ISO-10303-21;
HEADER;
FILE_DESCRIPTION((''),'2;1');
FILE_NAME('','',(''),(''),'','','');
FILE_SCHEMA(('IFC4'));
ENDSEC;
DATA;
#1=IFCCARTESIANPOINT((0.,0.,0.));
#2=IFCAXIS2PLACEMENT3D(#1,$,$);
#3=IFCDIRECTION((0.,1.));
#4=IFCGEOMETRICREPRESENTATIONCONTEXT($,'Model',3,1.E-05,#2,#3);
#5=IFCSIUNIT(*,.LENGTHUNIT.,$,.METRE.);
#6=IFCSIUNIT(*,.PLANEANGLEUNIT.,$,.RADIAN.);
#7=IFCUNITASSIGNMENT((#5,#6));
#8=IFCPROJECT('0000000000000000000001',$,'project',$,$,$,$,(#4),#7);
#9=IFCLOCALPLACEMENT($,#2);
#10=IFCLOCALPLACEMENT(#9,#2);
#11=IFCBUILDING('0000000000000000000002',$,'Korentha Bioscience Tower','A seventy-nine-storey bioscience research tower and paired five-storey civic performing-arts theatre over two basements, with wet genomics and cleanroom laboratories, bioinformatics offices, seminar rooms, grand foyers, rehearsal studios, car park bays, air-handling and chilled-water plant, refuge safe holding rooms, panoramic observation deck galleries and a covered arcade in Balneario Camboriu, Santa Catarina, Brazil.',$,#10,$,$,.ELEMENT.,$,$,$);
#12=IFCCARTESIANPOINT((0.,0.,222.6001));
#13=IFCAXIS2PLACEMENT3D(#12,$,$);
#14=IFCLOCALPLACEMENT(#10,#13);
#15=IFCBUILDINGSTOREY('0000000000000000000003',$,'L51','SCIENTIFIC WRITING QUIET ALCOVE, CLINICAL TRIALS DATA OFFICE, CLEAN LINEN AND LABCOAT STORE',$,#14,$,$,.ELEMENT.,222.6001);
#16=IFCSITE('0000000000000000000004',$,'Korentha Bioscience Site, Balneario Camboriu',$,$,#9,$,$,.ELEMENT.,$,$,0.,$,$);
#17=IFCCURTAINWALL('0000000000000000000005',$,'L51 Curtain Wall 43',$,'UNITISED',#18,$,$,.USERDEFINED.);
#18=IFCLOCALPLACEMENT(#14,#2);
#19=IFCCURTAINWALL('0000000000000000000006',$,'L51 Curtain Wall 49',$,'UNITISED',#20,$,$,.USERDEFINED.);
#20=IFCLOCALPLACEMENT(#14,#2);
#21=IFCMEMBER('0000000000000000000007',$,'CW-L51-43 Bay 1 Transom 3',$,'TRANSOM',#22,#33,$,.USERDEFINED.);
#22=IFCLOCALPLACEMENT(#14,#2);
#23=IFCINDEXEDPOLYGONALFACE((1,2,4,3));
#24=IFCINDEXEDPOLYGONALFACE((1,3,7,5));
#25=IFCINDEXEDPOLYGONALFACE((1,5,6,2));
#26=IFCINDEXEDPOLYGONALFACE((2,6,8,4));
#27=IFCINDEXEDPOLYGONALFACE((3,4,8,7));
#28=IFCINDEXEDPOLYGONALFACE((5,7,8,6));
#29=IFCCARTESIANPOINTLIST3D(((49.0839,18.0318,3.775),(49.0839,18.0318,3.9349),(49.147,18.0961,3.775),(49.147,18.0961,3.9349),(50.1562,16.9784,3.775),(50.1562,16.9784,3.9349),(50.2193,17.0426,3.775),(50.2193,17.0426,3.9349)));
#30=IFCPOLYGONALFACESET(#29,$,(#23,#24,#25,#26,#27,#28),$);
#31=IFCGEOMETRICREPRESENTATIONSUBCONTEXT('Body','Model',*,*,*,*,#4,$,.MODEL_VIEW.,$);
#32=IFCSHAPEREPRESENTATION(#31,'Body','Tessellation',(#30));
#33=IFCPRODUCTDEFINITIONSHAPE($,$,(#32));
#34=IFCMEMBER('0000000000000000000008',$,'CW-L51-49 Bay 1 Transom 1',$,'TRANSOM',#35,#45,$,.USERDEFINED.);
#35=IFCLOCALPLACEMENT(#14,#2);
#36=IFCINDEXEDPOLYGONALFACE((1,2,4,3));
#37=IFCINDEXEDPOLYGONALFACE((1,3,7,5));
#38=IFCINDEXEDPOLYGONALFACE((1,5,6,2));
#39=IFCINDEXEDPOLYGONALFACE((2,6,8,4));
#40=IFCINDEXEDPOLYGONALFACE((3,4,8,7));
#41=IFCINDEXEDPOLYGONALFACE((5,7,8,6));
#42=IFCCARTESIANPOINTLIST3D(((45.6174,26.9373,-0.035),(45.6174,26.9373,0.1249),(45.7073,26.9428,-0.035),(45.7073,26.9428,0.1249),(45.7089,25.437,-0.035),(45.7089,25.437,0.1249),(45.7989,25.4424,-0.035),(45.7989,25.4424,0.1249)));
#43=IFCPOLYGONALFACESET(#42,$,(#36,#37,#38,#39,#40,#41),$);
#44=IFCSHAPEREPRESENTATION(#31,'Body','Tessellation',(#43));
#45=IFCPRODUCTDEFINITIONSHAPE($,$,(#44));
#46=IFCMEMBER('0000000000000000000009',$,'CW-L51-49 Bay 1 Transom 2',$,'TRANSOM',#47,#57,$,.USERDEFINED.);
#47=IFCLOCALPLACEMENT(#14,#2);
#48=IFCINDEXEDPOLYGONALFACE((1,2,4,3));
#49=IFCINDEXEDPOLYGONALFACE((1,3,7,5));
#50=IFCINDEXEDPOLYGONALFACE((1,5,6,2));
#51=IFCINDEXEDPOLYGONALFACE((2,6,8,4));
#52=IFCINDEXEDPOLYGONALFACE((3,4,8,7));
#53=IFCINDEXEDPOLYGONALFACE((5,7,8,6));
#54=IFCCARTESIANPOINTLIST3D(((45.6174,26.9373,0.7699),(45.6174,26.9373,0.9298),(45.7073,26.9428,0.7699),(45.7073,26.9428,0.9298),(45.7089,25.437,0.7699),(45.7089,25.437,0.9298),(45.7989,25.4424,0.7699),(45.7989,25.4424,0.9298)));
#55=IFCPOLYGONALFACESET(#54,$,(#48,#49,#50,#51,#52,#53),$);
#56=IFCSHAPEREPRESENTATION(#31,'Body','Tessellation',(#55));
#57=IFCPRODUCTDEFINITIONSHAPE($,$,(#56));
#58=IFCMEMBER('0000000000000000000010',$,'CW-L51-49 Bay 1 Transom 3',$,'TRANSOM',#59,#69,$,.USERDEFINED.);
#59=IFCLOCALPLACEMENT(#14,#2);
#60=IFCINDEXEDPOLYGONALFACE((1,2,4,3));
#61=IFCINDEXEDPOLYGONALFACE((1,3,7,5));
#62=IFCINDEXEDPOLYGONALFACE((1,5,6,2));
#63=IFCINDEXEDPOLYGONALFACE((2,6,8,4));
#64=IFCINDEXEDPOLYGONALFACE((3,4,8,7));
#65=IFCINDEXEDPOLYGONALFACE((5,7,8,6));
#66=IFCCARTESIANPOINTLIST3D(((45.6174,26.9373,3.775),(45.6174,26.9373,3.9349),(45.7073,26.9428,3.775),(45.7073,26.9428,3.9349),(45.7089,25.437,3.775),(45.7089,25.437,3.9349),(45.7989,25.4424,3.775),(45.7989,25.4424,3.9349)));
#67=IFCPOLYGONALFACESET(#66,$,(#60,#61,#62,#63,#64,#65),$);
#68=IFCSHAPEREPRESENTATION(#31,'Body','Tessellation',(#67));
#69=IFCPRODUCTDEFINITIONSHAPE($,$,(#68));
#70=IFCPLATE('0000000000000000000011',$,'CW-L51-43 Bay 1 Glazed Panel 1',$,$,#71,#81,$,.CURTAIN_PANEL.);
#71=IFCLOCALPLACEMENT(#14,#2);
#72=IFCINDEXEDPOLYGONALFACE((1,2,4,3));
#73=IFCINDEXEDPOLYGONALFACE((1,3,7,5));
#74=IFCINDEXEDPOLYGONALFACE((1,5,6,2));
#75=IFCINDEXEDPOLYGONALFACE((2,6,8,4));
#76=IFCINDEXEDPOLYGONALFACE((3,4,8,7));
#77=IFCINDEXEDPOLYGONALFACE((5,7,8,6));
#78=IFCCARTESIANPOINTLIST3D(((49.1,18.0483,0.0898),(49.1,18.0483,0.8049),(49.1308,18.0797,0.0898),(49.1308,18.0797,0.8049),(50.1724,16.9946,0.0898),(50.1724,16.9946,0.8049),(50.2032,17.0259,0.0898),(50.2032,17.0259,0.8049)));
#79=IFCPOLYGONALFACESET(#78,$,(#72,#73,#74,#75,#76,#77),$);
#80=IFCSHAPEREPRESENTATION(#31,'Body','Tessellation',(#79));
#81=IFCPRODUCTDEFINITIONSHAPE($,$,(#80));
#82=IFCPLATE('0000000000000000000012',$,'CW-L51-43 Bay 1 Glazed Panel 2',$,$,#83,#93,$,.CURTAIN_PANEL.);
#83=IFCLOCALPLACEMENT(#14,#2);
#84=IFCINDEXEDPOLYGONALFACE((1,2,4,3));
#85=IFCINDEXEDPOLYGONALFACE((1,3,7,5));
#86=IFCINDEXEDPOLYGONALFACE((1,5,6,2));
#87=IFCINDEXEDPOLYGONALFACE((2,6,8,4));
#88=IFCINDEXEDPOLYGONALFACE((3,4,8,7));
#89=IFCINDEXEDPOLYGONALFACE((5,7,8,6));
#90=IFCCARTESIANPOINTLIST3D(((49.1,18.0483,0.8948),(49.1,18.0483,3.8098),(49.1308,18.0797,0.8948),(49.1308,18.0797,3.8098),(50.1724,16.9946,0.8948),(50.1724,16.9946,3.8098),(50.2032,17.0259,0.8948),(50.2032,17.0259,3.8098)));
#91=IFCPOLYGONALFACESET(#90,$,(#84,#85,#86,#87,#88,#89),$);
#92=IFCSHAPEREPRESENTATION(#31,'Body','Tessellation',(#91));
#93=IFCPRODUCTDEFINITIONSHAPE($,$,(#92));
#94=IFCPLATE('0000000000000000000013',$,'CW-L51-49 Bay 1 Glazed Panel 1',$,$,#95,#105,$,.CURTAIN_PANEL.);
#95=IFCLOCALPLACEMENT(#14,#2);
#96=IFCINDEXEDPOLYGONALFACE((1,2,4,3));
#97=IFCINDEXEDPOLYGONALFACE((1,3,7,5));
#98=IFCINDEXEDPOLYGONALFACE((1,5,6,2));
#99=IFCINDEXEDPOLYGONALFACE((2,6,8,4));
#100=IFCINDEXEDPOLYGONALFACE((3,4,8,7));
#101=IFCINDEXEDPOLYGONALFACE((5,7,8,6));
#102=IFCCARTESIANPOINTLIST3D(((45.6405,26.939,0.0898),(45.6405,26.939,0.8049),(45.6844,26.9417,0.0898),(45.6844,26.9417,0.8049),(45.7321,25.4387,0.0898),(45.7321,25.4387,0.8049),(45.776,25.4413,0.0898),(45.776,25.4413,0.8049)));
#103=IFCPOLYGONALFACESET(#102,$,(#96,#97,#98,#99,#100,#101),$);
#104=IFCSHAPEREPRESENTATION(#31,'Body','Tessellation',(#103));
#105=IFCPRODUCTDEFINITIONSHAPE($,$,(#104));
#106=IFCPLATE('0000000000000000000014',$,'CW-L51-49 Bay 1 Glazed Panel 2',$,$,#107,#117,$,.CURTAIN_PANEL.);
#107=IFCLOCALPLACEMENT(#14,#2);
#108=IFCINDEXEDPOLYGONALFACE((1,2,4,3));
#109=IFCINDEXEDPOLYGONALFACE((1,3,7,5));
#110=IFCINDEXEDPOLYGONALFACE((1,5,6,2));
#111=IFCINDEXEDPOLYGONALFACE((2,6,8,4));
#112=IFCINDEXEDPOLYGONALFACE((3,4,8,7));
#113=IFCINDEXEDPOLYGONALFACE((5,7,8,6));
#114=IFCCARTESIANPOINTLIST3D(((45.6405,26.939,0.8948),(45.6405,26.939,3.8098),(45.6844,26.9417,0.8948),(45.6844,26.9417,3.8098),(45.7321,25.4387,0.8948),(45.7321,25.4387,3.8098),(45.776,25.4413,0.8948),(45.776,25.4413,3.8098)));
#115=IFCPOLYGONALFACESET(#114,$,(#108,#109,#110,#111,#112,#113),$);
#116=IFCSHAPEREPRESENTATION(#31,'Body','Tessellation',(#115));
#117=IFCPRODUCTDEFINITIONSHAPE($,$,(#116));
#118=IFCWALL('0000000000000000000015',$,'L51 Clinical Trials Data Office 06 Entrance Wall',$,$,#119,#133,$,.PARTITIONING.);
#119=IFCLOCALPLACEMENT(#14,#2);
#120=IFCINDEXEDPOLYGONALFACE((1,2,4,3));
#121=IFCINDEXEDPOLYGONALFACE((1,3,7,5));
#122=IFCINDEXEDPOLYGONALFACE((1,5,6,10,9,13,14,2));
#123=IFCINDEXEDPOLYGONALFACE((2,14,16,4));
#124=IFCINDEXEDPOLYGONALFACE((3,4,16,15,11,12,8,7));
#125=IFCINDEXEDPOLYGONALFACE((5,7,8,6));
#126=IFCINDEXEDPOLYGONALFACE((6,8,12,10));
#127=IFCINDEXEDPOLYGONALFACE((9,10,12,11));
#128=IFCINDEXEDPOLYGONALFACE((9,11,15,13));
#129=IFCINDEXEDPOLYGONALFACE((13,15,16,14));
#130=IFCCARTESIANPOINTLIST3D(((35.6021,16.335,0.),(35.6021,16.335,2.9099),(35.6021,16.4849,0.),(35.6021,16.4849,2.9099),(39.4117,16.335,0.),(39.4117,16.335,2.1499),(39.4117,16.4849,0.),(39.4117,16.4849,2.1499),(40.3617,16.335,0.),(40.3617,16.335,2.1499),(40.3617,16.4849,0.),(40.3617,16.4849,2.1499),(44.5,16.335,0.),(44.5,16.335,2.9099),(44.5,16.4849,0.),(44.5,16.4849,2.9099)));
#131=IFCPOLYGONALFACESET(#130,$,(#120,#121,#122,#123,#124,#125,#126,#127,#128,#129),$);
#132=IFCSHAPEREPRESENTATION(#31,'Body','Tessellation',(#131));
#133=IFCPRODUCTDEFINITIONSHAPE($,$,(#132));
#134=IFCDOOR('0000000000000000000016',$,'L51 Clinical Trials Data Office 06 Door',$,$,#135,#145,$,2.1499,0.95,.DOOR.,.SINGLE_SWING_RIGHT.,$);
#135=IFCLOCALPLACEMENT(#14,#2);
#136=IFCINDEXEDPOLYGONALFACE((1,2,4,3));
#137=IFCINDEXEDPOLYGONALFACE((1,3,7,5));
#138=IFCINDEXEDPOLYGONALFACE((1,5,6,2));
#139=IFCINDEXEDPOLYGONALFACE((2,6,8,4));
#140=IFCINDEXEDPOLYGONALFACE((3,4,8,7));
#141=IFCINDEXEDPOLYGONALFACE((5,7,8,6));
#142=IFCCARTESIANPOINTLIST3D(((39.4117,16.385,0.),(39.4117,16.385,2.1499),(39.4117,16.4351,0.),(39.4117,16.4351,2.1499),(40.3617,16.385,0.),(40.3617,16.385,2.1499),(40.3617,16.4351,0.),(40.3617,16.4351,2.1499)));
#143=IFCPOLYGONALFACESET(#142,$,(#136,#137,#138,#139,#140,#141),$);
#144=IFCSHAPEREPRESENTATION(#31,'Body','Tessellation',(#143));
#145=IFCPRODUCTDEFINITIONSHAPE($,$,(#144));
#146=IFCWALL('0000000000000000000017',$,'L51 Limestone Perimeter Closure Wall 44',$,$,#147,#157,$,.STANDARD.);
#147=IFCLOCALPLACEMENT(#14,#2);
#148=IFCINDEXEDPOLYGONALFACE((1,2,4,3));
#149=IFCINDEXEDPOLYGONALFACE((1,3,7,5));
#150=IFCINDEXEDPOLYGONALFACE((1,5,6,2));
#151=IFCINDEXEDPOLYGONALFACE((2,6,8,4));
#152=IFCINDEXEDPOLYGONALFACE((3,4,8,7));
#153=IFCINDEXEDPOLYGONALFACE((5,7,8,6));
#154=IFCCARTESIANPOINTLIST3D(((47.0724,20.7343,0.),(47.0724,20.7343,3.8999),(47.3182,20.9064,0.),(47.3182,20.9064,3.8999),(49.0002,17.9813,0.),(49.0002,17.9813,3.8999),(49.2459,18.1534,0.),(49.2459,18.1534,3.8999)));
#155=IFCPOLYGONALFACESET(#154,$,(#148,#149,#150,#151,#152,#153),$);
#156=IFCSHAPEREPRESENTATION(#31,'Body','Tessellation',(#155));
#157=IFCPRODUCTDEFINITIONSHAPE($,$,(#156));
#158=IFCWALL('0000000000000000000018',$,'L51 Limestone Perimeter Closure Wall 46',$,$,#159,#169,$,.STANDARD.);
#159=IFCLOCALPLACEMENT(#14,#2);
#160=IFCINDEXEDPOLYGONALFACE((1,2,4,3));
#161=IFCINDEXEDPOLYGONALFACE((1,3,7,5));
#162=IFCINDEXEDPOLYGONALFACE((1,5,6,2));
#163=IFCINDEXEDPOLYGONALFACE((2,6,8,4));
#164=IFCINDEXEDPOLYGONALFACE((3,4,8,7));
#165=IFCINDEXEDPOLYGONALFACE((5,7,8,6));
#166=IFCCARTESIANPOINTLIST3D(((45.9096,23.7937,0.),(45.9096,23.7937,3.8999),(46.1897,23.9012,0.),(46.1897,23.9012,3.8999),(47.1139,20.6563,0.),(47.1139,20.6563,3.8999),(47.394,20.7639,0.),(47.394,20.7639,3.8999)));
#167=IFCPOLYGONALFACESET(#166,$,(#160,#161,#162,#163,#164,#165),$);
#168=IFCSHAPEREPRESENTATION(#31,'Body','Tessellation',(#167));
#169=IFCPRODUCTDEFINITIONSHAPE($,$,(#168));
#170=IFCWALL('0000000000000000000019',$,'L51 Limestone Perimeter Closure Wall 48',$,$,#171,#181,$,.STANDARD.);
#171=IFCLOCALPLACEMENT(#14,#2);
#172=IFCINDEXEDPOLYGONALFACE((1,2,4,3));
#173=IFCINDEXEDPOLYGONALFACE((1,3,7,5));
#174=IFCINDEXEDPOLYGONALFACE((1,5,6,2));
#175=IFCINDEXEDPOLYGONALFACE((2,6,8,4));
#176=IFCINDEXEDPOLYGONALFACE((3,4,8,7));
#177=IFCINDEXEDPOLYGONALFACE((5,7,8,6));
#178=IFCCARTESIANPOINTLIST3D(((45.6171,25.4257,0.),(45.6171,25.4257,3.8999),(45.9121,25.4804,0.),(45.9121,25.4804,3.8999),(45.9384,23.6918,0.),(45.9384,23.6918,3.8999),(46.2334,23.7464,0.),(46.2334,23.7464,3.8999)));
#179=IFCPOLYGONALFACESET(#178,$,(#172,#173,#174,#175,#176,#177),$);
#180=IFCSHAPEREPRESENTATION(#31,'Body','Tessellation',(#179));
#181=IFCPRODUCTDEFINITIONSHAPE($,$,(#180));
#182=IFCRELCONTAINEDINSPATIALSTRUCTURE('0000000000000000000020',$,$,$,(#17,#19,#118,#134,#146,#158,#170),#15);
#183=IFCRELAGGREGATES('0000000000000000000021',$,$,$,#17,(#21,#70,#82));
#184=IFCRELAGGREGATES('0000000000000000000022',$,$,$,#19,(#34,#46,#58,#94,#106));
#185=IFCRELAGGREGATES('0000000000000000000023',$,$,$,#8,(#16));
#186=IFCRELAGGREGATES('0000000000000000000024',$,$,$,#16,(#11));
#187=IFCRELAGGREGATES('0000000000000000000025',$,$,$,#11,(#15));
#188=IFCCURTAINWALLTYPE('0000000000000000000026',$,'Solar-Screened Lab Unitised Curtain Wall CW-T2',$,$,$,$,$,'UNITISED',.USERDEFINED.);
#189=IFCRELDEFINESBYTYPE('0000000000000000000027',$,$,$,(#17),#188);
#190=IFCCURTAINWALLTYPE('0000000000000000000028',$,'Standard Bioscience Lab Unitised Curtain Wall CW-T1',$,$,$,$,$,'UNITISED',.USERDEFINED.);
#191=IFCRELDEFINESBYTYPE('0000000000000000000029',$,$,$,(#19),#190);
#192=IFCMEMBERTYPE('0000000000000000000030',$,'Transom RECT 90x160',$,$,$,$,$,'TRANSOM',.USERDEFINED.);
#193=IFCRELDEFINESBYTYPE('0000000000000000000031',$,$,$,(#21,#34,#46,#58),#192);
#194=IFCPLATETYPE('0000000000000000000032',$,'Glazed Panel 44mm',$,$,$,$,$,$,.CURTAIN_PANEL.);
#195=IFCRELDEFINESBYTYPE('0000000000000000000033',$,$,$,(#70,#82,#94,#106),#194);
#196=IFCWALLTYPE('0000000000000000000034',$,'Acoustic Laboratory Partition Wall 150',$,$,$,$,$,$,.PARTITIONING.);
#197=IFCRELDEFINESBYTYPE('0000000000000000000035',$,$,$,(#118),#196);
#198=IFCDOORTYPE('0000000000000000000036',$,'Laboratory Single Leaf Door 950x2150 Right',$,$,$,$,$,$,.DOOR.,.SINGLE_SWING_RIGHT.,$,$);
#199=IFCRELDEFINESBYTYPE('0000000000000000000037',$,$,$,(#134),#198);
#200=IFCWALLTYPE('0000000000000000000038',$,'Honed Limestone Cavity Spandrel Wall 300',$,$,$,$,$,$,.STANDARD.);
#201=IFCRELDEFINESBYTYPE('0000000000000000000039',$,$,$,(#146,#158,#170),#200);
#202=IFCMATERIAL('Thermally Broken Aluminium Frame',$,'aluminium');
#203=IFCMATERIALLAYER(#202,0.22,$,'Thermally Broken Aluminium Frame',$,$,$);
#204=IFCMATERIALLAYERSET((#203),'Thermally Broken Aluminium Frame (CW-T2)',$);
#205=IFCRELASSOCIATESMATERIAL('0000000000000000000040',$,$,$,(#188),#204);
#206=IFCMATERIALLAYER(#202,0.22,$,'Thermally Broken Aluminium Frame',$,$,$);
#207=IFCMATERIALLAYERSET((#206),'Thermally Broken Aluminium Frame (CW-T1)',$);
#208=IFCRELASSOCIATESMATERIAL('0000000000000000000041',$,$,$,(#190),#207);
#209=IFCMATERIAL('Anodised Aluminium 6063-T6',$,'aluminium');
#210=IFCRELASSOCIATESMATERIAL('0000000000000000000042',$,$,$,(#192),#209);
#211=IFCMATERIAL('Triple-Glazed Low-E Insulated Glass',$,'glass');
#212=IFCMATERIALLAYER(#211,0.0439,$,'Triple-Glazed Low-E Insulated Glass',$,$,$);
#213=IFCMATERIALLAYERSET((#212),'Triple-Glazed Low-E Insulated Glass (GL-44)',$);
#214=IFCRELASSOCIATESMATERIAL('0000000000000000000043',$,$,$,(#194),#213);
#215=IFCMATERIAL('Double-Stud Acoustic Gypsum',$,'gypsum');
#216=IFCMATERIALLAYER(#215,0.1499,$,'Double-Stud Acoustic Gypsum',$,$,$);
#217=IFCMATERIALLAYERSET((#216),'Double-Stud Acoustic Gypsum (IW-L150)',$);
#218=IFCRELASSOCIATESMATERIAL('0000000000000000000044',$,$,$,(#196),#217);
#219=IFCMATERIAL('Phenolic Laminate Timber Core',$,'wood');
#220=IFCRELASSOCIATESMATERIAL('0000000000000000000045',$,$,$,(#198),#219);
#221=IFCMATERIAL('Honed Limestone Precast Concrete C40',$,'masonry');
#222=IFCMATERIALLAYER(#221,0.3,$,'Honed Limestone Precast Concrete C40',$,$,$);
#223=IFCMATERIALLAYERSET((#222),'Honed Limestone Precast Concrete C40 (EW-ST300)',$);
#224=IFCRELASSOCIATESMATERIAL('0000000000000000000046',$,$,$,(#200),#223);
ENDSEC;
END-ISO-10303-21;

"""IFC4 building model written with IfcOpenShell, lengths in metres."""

from ifc_helpers import new_model, si_unit, direction, frame, frame_2d, origin, origin_2d, place, context, subcontext, project, spatial, rectangle, extrude, material, layer, layer_set, material_profile, profile_set, type_object, element, fill, aggregate, save


model = new_model("IFC4")

# Units and contexts
model_context = context("Model", 3, precision=1e-05, world=origin(), true_north=direction((0.0, 1.0)))
body_context = subcontext(model_context, "Body", "Model", "MODEL_VIEW")
ifc_project = project(units=[si_unit("LENGTHUNIT", "METRE"), si_unit("PLANEANGLEUNIT", "RADIAN")], contexts=[model_context])

# Site, building, storey
site_placement = place(None, origin())
site = spatial("IfcSite", under=ifc_project, at=site_placement, Name="Korentha Bioscience Site, Balneario Camboriu", CompositionType="ELEMENT", RefElevation=0.0)
building_placement = place(site_placement, origin())
building = spatial("IfcBuilding", under=site, at=building_placement, Name="Korentha Bioscience Tower", Description="A seventy-nine-storey bioscience research tower and paired five-storey civic performing-arts theatre over two basements, with wet genomics and cleanroom laboratories, bioinformatics offices, seminar rooms, grand foyers, rehearsal studios, car park bays, air-handling and chilled-water plant, refuge safe holding rooms, panoramic observation deck galleries and a covered arcade in Balneario Camboriu, Santa Catarina, Brazil.", CompositionType="ELEMENT")
storey_placement = place(building_placement, frame((0.0, 0.0, 222.6001)))
storey = spatial("IfcBuildingStorey", under=building, at=storey_placement, Name="L51", Description="SCIENTIFIC WRITING QUIET ALCOVE, CLINICAL TRIALS DATA OFFICE, CLEAN LINEN AND LABCOAT STORE", CompositionType="ELEMENT", Elevation=222.6001)

# Curtain walls
ifc_material_1 = material(Name="Thermally Broken Aluminium Frame", Category="aluminium")
ifc_layer_1 = layer(ifc_material_1, 0.22, Name="Thermally Broken Aluminium Frame")
ifc_layer_set_1 = layer_set([ifc_layer_1], Name="Thermally Broken Aluminium Frame (CW-T2)")
curtain_wall_type_1 = type_object("IfcCurtainWallType", Name="Solar-Screened Lab Unitised Curtain Wall CW-T2", ElementType="UNITISED", PredefinedType="USERDEFINED", material=ifc_layer_set_1)
curtain_wall_1_placement = place(storey_placement, origin())
curtain_wall_1 = element("IfcCurtainWall", 1, at=curtain_wall_1_placement, inside=storey, type_object=curtain_wall_type_1, Name="L51 Curtain Wall 43", ObjectType="UNITISED", PredefinedType="USERDEFINED")
ifc_material_2 = material(Name="Anodised Aluminium 6063-T6", Category="aluminium")
ifc_layer_2 = layer(ifc_material_1, 0.22, Name="Thermally Broken Aluminium Frame")
ifc_layer_set_2 = layer_set([ifc_layer_2], Name="Thermally Broken Aluminium Frame (CW-T1)")
curtain_wall_type_2 = type_object("IfcCurtainWallType", Name="Standard Bioscience Lab Unitised Curtain Wall CW-T1", ElementType="UNITISED", PredefinedType="USERDEFINED", material=ifc_layer_set_2)
curtain_wall_2_placement = place(storey_placement, origin())
curtain_wall_2 = element("IfcCurtainWall", 2, at=curtain_wall_2_placement, inside=storey, type_object=curtain_wall_type_2, Name="L51 Curtain Wall 49", ObjectType="UNITISED", PredefinedType="USERDEFINED")

# Members
ifc_material_profile_1 = material_profile(ifc_material_2, rectangle(XDim=0.0901, YDim=0.1599, at=origin_2d()), Name="Anodised Aluminium 6063-T6")
ifc_profile_set_1 = profile_set([ifc_material_profile_1], Name="Anodised Aluminium 6063-T6 (CW-TRN)")
member_type_1 = type_object("IfcMemberType", Name="Transom RECT 90x160", ElementType="TRANSOM", PredefinedType="USERDEFINED", material=ifc_profile_set_1)
member_1_placement = place(storey_placement, frame((50.1877, 17.0105, 3.855), z_axis=(-0.713332, 0.700826, 0.0), x_axis=(-0.700826, -0.713332, 0.0)))
member_1 = element("IfcMember", 3, at=member_1_placement, type_object=member_type_1, Name="CW-L51-43 Bay 1 Transom 3", ObjectType="TRANSOM", PredefinedType="USERDEFINED", context=body_context, shape_type="SweptSolid", body=[
    extrude(rectangle(XDim=0.0901, YDim=0.1599, at=origin_2d()), origin(), (0.0, 0.0, 1.0), 1.5032),
])
member_2_placement = place(storey_placement, frame((45.7539, 25.4397, 0.0449), z_axis=(-0.060902, 0.998144, 0.0), x_axis=(-0.998144, -0.060902, 0.0)))
member_2 = element("IfcMember", 4, at=member_2_placement, type_object=member_type_1, Name="CW-L51-49 Bay 1 Transom 1", ObjectType="TRANSOM", PredefinedType="USERDEFINED", context=body_context, shape_type="SweptSolid", body=[
    extrude(rectangle(XDim=0.0901, YDim=0.1599, at=origin_2d()), origin(), (0.0, 0.0, 1.0), 1.5032),
])
member_3_placement = place(storey_placement, frame((45.7539, 25.4397, 0.8499), z_axis=(-0.060902, 0.998144, 0.0), x_axis=(-0.998144, -0.060902, 0.0)))
member_3 = element("IfcMember", 5, at=member_3_placement, type_object=member_type_1, Name="CW-L51-49 Bay 1 Transom 2", ObjectType="TRANSOM", PredefinedType="USERDEFINED", context=body_context, shape_type="SweptSolid", body=[
    extrude(rectangle(XDim=0.0901, YDim=0.1599, at=origin_2d()), origin(), (0.0, 0.0, 1.0), 1.5032),
])
member_4_placement = place(storey_placement, frame((45.7539, 25.4397, 3.855), z_axis=(-0.060902, 0.998144, 0.0), x_axis=(-0.998144, -0.060902, 0.0)))
member_4 = element("IfcMember", 6, at=member_4_placement, type_object=member_type_1, Name="CW-L51-49 Bay 1 Transom 3", ObjectType="TRANSOM", PredefinedType="USERDEFINED", context=body_context, shape_type="SweptSolid", body=[
    extrude(rectangle(XDim=0.0901, YDim=0.1599, at=origin_2d()), origin(), (0.0, 0.0, 1.0), 1.5032),
])

# Plates
ifc_material_3 = material(Name="Triple-Glazed Low-E Insulated Glass", Category="glass")
ifc_layer_3 = layer(ifc_material_3, 0.0439, Name="Triple-Glazed Low-E Insulated Glass")
ifc_layer_set_3 = layer_set([ifc_layer_3], Name="Triple-Glazed Low-E Insulated Glass (GL-44)")
plate_type = type_object("IfcPlateType", Name="Glazed Panel 44mm", PredefinedType="CURTAIN_PANEL", material=ifc_layer_set_3)
plate_1_placement = place(storey_placement, frame((49.6516, 17.5371, 0.0898), z_axis=(0.0, 0.0, 1.0), x_axis=(-0.713258, 0.700901, 0.0)))
plate_1 = element("IfcPlate", 7, at=plate_1_placement, type_object=plate_type, Name="CW-L51-43 Bay 1 Glazed Panel 1", PredefinedType="CURTAIN_PANEL", context=body_context, shape_type="SweptSolid", body=[
    extrude(rectangle(XDim=1.5034, YDim=0.0439, at=origin_2d()), origin(), (0.0, 0.0, 1.0), 0.7151),
])
plate_2_placement = place(storey_placement, frame((49.6516, 17.5371, 0.8948), z_axis=(0.0, 0.0, 1.0), x_axis=(-0.713258, 0.700901, 0.0)))
plate_2 = element("IfcPlate", 8, at=plate_2_placement, type_object=plate_type, Name="CW-L51-43 Bay 1 Glazed Panel 2", PredefinedType="CURTAIN_PANEL", context=body_context, shape_type="SweptSolid", body=[
    extrude(rectangle(XDim=1.5034, YDim=0.0439, at=origin_2d()), origin(), (0.0, 0.0, 1.0), 2.915),
])
aggregate(curtain_wall_1, [member_1, plate_1, plate_2])
plate_3_placement = place(storey_placement, frame((45.7083, 26.1902, 0.0898), z_axis=(0.0, 0.0, 1.0), x_axis=(-0.060954, 0.998141, 0.0)))
plate_3 = element("IfcPlate", 9, at=plate_3_placement, type_object=plate_type, Name="CW-L51-49 Bay 1 Glazed Panel 1", PredefinedType="CURTAIN_PANEL", context=body_context, shape_type="SweptSolid", body=[
    extrude(rectangle(XDim=1.5032, YDim=0.0439, at=origin_2d()), origin(), (0.0, 0.0, 1.0), 0.7151),
])
plate_4_placement = place(storey_placement, frame((45.7083, 26.1902, 0.8948), z_axis=(0.0, 0.0, 1.0), x_axis=(-0.060954, 0.998141, 0.0)))
plate_4 = element("IfcPlate", 10, at=plate_4_placement, type_object=plate_type, Name="CW-L51-49 Bay 1 Glazed Panel 2", PredefinedType="CURTAIN_PANEL", context=body_context, shape_type="SweptSolid", body=[
    extrude(rectangle(XDim=1.5032, YDim=0.0439, at=origin_2d()), origin(), (0.0, 0.0, 1.0), 2.915),
])
aggregate(curtain_wall_2, [member_2, member_3, member_4, plate_3, plate_4])

# Wall, opening, door
ifc_material_4 = material(Name="Double-Stud Acoustic Gypsum", Category="gypsum")
ifc_layer_4 = layer(ifc_material_4, 0.1499, Name="Double-Stud Acoustic Gypsum")
ifc_layer_set_4 = layer_set([ifc_layer_4], Name="Double-Stud Acoustic Gypsum (IW-L150)")
wall_type_1 = type_object("IfcWallType", Name="Acoustic Laboratory Partition Wall 150", PredefinedType="PARTITIONING", material=ifc_layer_set_4)
wall_1_placement = place(storey_placement, frame((44.5, 16.4099, 0.0), z_axis=(0.0, 0.0, 1.0), x_axis=(-1.0, 0.0, 0.0)))
wall_1 = element("IfcWall", 11, at=wall_1_placement, inside=storey, type_object=wall_type_1, Name="L51 Clinical Trials Data Office 06 Entrance Wall", PredefinedType="PARTITIONING", context=body_context, shape_type="SweptSolid", body=[
    extrude(rectangle(XDim=8.8979, YDim=0.1499, at=frame_2d((4.449, 0.0))), origin(), (0.0, 0.0, 1.0), 2.9099),
])
opening_placement = place(wall_1_placement, frame((4.1382, 0.0, 0.0)))
opening = element("IfcOpeningElement", 12, at=opening_placement, cuts=wall_1, PredefinedType="OPENING", context=body_context, shape_type="SweptSolid", body=[
    extrude(rectangle(XDim=0.95, YDim=2.1499, at=frame_2d((0.4751, 1.075))), frame((0.0, 0.0898, 0.0), z_axis=(0.0, -1.0, 0.0), x_axis=(1.0, 0.0, 0.0)), (0.0, 0.0, 1.0), 0.1797),
])
ifc_material_5 = material(Name="Phenolic Laminate Timber Core", Category="wood")
door_type = type_object("IfcDoorType", Name="Laboratory Single Leaf Door 950x2150 Right", OperationType="SINGLE_SWING_RIGHT", PredefinedType="DOOR", material=ifc_material_5)
door_placement = place(opening_placement, origin())
door = element("IfcDoor", 13, at=door_placement, inside=storey, type_object=door_type, Name="L51 Clinical Trials Data Office 06 Door", OperationType="SINGLE_SWING_RIGHT", OverallHeight=2.1499, OverallWidth=0.95, PredefinedType="DOOR", context=body_context, shape_type="SweptSolid", body=[
    extrude(rectangle(XDim=0.95, YDim=2.1499, at=frame_2d((0.4751, 1.075))), frame((0.0, 0.0249, 0.0), z_axis=(0.0, -1.0, 0.0), x_axis=(1.0, 0.0, 0.0)), (0.0, 0.0, 1.0), 0.05),
])
fill(opening, door)

# Walls
ifc_material_6 = material(Name="Honed Limestone Precast Concrete C40", Category="masonry")
ifc_layer_5 = layer(ifc_material_6, 0.3, Name="Honed Limestone Precast Concrete C40")
ifc_layer_set_5 = layer_set([ifc_layer_5], Name="Honed Limestone Precast Concrete C40 (EW-ST300)")
wall_type_2 = type_object("IfcWallType", Name="Honed Limestone Cavity Spandrel Wall 300", PredefinedType="STANDARD", material=ifc_layer_set_5)
wall_2_placement = place(storey_placement, frame((49.123, 18.0674, 0.0), z_axis=(0.0, 0.0, 1.0), x_axis=(-0.573599, 0.819136, 0.0)))
element("IfcWall", 14, at=wall_2_placement, inside=storey, type_object=wall_type_2, Name="L51 Limestone Perimeter Closure Wall 44", PredefinedType="STANDARD", context=body_context, shape_type="SweptSolid", body=[
    extrude(rectangle(XDim=3.3608, YDim=0.3, at=frame_2d((1.6804, 0.0))), origin(), (0.0, 0.0, 1.0), 3.8999),
])
wall_3_placement = place(storey_placement, frame((47.2539, 20.7102, 0.0), z_axis=(0.0, 0.0, 1.0), x_axis=(-0.358366, 0.933581, 0.0)))
element("IfcWall", 15, at=wall_3_placement, inside=storey, type_object=wall_type_2, Name="L51 Limestone Perimeter Closure Wall 46", PredefinedType="STANDARD", context=body_context, shape_type="SweptSolid", body=[
    extrude(rectangle(XDim=3.3606, YDim=0.3, at=frame_2d((1.6802, 0.0))), origin(), (0.0, 0.0, 1.0), 3.8999),
])
wall_4_placement = place(storey_placement, frame((46.0859, 23.719, 0.0), z_axis=(0.0, 0.0, 1.0), x_axis=(-0.182198, 0.983262, 0.0)))
element("IfcWall", 16, at=wall_4_placement, inside=storey, type_object=wall_type_2, Name="L51 Limestone Perimeter Closure Wall 48", PredefinedType="STANDARD", context=body_context, shape_type="SweptSolid", body=[
    extrude(rectangle(XDim=1.7634, YDim=0.3, at=frame_2d((0.8818, 0.0))), origin(), (0.0, 0.0, 1.0), 3.8999),
])

save(model, "model.ifc")
